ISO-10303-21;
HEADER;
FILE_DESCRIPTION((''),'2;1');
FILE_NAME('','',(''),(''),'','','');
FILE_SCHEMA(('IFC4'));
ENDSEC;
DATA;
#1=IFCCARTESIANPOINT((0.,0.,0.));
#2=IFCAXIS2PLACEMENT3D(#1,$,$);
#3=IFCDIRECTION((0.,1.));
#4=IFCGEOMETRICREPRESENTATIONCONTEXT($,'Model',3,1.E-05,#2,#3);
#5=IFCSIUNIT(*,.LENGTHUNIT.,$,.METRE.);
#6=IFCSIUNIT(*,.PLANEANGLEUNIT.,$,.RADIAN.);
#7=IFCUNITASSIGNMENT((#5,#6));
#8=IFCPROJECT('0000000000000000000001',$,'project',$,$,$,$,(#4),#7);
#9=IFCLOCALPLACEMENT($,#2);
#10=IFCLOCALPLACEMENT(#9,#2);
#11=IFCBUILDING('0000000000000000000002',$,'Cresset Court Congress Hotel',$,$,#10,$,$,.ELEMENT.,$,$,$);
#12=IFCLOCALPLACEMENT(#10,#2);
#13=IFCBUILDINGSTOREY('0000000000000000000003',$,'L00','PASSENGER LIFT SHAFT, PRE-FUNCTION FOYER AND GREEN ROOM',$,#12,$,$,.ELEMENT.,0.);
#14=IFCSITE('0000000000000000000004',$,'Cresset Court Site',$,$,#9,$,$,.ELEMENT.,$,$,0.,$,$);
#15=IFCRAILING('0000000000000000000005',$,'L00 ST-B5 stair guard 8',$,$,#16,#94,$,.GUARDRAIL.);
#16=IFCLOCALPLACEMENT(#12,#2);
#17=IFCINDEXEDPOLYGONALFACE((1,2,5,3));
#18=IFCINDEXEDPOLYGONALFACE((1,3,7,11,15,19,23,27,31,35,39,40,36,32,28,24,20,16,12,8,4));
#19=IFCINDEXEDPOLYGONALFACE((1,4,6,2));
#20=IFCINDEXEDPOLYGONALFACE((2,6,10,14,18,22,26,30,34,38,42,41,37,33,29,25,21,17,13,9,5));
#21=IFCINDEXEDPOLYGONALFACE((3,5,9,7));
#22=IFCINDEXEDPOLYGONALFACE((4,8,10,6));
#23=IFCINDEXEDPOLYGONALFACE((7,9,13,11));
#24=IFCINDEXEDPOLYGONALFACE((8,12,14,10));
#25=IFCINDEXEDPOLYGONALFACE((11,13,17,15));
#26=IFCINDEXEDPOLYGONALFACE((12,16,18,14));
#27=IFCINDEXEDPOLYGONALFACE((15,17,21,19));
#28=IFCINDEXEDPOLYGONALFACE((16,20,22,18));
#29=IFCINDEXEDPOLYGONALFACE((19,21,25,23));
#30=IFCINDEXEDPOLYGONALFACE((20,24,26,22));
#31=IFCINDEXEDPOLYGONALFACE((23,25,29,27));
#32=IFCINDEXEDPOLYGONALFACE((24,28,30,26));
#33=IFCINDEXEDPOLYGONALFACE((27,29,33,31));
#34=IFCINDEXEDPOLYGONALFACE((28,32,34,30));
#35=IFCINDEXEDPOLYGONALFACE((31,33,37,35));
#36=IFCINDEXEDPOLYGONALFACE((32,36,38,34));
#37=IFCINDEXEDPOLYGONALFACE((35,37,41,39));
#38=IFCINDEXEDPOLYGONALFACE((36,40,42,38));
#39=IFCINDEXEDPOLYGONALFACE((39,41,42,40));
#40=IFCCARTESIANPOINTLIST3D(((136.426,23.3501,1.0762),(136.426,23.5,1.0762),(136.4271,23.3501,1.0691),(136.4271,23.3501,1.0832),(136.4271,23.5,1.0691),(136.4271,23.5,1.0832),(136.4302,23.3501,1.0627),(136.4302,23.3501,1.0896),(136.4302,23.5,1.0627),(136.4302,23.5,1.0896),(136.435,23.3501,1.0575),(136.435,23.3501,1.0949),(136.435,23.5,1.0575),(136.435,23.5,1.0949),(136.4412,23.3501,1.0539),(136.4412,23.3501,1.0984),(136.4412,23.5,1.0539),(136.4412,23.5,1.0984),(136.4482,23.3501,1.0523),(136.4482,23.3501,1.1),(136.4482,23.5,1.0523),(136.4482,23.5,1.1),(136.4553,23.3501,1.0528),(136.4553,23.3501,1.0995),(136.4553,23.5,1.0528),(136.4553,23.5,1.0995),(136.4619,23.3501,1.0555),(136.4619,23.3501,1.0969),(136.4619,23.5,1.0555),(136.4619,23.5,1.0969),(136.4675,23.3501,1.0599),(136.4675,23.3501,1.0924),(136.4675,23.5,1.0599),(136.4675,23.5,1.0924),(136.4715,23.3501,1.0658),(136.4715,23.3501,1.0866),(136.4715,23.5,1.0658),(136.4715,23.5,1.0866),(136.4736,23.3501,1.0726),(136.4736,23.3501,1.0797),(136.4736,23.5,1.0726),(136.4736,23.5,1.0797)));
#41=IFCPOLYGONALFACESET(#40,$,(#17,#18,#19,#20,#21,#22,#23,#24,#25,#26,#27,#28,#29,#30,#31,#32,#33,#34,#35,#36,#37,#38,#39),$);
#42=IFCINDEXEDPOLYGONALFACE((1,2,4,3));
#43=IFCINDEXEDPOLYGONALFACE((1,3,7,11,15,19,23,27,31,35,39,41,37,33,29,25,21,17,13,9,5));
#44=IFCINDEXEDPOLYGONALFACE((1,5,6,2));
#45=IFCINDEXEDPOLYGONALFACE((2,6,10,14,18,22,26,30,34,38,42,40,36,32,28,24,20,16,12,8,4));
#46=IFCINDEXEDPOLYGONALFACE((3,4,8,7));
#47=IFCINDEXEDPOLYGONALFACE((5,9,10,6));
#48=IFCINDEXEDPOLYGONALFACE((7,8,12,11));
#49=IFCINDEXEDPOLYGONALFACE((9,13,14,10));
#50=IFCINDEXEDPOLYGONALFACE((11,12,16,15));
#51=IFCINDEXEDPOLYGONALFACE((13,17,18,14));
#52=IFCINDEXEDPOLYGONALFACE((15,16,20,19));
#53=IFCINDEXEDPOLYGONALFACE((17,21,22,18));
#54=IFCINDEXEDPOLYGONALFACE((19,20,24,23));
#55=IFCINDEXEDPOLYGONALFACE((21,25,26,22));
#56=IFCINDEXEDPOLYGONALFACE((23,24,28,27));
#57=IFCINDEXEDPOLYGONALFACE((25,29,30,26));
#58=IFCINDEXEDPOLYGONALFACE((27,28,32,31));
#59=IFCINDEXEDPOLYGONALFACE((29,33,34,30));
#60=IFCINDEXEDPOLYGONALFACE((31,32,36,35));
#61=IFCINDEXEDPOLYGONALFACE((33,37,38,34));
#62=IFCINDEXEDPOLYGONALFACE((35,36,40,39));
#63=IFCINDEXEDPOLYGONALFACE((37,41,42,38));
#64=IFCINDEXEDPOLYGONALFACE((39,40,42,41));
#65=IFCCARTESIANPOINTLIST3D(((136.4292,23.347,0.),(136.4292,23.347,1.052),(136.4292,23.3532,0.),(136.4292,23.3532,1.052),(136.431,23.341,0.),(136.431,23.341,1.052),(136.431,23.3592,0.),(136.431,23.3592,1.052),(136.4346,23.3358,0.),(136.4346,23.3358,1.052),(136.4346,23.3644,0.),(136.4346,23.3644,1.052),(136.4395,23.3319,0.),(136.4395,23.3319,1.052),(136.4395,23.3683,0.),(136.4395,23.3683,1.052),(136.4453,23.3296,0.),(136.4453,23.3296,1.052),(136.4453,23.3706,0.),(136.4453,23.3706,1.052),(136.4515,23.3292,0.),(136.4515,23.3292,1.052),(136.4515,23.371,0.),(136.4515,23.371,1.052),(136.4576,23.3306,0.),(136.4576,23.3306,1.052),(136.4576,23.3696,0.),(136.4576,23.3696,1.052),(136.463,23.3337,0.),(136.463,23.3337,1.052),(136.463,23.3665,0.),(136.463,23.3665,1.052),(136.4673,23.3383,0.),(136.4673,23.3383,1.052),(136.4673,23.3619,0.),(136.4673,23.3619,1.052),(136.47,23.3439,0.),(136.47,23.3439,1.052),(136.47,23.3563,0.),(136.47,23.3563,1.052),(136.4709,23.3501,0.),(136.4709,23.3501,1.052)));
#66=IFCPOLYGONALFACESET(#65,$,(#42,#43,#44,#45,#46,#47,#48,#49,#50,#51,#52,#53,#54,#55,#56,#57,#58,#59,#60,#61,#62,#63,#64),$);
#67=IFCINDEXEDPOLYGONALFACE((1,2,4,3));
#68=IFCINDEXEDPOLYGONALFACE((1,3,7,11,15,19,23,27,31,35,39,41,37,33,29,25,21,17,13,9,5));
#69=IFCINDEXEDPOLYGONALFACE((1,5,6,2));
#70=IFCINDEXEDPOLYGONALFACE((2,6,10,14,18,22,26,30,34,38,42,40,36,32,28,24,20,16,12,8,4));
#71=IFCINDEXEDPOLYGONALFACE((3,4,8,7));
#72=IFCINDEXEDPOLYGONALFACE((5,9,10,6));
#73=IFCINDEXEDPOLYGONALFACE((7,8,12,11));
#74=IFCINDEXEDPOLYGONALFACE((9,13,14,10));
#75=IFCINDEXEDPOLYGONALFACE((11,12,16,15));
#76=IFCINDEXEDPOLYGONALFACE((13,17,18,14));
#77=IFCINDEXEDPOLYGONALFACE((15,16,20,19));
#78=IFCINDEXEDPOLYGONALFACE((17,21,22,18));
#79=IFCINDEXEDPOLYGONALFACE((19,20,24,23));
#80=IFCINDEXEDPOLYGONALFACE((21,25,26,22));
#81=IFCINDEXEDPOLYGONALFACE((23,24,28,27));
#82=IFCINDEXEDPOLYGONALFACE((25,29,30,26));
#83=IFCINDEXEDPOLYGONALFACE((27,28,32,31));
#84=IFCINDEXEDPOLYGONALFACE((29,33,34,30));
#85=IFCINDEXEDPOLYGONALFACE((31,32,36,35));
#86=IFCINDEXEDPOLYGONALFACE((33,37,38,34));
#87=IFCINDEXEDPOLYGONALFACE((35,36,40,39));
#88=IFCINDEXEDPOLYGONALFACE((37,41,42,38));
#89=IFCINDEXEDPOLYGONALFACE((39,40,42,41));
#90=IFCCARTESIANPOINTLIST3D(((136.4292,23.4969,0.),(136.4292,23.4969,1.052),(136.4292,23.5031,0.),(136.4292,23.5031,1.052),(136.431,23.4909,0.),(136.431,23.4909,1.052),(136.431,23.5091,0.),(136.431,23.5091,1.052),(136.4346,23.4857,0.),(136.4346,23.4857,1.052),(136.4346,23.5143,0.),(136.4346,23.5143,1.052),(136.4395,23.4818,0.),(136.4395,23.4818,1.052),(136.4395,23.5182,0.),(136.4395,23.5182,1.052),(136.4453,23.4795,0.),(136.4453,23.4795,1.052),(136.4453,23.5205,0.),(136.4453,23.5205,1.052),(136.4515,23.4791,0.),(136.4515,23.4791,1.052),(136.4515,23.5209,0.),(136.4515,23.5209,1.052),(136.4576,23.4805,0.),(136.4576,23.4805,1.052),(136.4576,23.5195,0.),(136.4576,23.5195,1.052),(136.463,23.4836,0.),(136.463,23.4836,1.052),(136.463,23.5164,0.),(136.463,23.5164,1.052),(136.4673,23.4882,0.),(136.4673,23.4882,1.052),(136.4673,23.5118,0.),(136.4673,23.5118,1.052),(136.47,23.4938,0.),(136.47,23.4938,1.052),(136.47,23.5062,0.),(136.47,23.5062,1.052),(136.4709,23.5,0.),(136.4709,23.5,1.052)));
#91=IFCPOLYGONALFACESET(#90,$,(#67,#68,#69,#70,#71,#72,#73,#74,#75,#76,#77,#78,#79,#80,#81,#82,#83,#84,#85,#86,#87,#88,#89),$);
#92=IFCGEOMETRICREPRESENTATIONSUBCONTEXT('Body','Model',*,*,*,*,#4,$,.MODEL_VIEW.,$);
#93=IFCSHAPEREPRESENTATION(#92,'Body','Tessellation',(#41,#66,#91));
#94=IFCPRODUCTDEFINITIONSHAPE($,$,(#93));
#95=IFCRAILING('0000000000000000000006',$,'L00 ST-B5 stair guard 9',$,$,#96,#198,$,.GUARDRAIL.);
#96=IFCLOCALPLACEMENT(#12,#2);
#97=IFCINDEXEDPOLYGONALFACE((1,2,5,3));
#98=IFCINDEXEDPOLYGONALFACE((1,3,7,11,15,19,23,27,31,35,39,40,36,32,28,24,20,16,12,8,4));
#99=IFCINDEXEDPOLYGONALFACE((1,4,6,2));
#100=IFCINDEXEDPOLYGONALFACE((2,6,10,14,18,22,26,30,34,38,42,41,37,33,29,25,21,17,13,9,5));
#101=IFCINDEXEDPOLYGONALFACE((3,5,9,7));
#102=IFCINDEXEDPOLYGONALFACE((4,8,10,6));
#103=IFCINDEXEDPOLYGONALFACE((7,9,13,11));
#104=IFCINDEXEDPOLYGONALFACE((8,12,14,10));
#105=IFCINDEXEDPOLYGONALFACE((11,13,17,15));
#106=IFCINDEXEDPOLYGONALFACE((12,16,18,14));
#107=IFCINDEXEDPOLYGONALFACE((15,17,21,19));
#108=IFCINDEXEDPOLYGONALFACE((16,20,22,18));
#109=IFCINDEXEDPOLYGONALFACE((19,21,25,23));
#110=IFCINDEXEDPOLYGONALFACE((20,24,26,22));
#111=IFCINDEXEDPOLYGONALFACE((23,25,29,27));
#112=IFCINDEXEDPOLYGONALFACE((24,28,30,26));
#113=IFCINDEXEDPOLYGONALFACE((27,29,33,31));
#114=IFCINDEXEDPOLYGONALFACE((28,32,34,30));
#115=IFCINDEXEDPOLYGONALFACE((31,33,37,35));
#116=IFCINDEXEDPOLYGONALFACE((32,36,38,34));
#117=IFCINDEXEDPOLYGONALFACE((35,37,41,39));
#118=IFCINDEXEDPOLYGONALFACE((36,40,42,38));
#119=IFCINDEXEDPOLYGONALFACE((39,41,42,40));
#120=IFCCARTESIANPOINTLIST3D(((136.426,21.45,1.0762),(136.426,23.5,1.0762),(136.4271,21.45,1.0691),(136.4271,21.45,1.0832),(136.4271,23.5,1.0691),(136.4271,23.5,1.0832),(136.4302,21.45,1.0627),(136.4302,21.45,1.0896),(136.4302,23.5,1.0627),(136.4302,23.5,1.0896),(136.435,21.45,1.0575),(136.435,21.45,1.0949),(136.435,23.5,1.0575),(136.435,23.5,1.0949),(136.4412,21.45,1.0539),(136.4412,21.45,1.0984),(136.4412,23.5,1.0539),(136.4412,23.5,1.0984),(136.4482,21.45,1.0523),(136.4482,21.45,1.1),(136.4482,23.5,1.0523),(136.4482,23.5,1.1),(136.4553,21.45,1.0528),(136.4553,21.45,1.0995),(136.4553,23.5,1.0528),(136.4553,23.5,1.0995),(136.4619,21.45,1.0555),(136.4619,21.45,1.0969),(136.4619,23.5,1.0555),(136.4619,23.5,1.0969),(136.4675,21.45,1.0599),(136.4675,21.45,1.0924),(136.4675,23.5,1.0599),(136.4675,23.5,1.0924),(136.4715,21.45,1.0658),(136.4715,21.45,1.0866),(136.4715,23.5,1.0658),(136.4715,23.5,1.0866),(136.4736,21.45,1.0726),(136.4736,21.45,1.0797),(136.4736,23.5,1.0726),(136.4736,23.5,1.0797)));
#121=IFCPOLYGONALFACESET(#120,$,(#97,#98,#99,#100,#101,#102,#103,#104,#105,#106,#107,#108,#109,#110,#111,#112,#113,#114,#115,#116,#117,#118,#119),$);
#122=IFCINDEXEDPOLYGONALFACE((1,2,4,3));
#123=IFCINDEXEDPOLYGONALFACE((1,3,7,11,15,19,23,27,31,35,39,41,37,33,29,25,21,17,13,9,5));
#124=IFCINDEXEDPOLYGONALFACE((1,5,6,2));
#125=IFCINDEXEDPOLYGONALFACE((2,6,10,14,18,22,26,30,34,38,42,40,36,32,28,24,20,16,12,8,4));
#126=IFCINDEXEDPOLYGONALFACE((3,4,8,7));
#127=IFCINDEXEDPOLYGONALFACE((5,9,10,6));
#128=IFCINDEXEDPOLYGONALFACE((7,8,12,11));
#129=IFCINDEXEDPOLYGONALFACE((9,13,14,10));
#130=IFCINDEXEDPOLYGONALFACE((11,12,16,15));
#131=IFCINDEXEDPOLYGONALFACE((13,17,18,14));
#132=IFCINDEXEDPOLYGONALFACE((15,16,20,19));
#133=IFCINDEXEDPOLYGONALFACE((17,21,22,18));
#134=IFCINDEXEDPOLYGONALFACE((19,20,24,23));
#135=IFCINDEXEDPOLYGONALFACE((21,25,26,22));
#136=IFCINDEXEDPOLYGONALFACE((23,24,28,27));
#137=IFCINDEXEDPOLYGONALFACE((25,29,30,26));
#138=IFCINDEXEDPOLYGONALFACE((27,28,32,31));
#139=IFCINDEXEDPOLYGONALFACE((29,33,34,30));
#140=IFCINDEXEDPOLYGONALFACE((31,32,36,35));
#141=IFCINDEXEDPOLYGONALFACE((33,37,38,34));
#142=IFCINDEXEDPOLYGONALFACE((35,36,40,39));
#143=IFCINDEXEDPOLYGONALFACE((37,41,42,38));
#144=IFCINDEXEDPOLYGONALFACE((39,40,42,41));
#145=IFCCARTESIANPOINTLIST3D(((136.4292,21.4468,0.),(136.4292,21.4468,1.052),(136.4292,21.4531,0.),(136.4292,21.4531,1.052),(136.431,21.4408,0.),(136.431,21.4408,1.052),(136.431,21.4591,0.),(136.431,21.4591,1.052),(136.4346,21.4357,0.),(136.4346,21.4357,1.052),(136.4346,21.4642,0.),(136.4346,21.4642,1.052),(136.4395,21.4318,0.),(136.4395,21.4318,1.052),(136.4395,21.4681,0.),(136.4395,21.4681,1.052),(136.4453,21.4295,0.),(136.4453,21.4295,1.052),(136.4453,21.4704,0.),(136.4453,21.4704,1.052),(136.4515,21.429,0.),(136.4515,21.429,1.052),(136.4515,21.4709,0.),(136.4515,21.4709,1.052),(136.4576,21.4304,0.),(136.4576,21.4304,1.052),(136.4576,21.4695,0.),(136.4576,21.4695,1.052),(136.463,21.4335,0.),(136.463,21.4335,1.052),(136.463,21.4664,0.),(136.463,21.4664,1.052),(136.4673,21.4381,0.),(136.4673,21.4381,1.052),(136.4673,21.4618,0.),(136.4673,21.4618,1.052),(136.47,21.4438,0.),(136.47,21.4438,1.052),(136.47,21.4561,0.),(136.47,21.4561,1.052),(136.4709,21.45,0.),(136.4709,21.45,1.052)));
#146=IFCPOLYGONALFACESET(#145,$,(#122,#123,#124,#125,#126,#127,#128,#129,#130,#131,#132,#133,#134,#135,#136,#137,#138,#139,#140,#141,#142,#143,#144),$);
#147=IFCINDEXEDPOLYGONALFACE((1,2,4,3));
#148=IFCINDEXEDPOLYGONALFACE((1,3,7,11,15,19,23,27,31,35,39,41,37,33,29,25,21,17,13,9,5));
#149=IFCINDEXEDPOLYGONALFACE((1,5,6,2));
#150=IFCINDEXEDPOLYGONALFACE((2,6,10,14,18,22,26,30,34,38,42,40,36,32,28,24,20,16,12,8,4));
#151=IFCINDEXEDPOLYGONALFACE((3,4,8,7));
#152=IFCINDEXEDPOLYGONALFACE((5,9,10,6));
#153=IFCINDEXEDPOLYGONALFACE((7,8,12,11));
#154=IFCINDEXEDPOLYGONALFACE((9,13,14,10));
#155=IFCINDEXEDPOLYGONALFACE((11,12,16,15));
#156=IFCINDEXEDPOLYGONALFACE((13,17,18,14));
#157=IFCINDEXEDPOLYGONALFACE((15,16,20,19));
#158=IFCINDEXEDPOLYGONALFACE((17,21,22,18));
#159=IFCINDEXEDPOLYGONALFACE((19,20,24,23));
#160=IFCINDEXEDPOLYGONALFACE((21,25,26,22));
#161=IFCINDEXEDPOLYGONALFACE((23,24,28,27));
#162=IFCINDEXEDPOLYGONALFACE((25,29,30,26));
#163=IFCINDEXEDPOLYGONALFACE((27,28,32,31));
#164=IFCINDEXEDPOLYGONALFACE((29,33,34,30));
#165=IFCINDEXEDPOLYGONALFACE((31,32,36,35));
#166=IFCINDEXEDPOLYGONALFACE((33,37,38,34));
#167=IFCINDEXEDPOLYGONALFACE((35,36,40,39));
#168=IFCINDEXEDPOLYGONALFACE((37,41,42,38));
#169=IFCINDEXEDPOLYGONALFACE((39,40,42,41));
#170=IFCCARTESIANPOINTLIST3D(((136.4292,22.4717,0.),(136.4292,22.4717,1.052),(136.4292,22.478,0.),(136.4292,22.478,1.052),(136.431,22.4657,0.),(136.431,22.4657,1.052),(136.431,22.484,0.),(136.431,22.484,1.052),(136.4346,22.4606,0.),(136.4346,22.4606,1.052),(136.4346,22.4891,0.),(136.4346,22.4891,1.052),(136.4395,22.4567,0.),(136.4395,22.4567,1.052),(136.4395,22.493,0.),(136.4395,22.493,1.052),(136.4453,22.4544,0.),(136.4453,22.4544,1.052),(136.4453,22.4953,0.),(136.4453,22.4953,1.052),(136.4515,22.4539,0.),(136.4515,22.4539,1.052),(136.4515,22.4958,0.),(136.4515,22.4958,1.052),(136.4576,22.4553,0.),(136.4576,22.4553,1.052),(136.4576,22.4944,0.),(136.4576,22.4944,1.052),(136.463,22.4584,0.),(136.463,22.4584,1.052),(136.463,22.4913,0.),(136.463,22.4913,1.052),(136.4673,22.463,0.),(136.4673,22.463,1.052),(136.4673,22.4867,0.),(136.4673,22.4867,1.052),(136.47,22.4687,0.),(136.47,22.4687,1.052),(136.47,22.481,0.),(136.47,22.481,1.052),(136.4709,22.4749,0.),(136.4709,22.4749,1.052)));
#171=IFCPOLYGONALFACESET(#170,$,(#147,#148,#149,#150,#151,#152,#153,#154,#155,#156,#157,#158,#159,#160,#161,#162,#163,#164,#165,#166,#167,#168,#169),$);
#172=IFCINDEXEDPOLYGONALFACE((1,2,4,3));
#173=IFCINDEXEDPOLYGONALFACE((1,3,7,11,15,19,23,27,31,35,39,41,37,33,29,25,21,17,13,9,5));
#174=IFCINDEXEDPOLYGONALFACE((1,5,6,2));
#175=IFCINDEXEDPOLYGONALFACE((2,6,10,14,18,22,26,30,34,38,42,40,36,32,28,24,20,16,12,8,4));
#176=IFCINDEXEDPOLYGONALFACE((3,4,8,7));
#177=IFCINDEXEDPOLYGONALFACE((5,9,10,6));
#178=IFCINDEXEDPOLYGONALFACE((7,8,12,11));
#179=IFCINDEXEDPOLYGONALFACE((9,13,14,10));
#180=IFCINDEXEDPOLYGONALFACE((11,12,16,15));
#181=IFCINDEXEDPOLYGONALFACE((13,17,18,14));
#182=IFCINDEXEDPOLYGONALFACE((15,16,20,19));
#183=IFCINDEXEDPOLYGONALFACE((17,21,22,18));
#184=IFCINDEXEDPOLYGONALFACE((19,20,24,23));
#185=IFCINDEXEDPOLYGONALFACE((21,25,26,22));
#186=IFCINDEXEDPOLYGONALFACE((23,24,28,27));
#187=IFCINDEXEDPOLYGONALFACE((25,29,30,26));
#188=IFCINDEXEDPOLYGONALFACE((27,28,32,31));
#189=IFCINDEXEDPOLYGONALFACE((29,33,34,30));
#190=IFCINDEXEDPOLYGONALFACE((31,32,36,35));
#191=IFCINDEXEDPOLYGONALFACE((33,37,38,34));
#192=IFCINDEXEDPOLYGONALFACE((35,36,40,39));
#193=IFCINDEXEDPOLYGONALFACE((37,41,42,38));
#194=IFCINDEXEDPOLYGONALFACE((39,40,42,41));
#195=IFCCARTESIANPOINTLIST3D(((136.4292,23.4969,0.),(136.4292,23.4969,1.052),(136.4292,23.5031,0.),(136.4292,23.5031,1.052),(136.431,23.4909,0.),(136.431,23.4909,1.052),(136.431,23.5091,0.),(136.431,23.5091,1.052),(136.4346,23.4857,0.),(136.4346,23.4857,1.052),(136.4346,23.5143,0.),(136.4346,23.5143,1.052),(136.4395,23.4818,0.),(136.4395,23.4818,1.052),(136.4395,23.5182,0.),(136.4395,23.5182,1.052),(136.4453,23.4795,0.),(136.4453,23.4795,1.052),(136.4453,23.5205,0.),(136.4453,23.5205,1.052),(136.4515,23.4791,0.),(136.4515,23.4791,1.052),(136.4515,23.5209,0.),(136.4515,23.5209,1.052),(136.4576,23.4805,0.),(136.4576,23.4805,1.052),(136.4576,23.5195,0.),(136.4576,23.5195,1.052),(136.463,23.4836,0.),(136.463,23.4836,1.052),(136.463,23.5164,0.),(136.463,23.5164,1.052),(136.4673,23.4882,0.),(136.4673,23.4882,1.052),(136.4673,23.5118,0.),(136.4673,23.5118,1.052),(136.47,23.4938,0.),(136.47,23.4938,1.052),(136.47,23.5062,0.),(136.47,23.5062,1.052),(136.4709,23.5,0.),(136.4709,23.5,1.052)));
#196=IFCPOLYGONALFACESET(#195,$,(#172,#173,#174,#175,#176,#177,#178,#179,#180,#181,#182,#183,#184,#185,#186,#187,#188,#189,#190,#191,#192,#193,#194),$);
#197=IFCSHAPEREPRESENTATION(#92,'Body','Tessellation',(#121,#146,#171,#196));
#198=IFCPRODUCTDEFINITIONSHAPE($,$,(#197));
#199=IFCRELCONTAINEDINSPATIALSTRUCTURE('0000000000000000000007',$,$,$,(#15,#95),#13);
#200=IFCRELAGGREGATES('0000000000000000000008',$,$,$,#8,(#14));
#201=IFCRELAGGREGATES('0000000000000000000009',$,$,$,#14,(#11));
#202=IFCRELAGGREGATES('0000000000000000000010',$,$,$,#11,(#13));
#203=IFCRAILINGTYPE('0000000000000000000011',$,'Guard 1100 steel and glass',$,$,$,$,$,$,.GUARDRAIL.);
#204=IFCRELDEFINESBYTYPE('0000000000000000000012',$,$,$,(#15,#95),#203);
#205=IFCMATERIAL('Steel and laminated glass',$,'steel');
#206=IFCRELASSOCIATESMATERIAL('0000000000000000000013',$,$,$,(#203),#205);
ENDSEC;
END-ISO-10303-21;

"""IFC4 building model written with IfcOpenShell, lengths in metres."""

from ifc_helpers import new_model, si_unit, direction, frame, origin, origin_2d, place, context, subcontext, project, spatial, circle, extrude, material, type_object, element, save


model = new_model("IFC4")

# Units and contexts
model_context = context("Model", 3, precision=1e-05, world=origin(), true_north=direction((0.0, 1.0)))
body_context = subcontext(model_context, "Body", "Model", "MODEL_VIEW")
ifc_project = project(units=[si_unit("LENGTHUNIT", "METRE"), si_unit("PLANEANGLEUNIT", "RADIAN")], contexts=[model_context])

# Site, building, storey
site_placement = place(None, origin())
site = spatial("IfcSite", under=ifc_project, at=site_placement, Name="Cresset Court Site", CompositionType="ELEMENT", RefElevation=0.0)
building_placement = place(site_placement, origin())
building = spatial("IfcBuilding", under=site, at=building_placement, Name="Cresset Court Congress Hotel", CompositionType="ELEMENT")
storey_placement = place(building_placement, origin())
storey = spatial("IfcBuildingStorey", under=building, at=storey_placement, Name="L00", Description="PASSENGER LIFT SHAFT, PRE-FUNCTION FOYER AND GREEN ROOM", CompositionType="ELEMENT", Elevation=0.0)

# Railings
ifc_material_1 = material(Name="Steel and laminated glass", Category="steel")
railing_type_1 = type_object("IfcRailingType", Name="Guard 1100 steel and glass", PredefinedType="GUARDRAIL", material=ifc_material_1)
railing_1_placement = place(storey_placement, frame((136.45, 23.3501, 0.0)))
element("IfcRailing", 1, at=railing_1_placement, inside=storey, type_object=railing_type_1, Name="L00 ST-B5 stair guard 8", PredefinedType="GUARDRAIL", context=body_context, shape_type="SweptSolid", body=[
    extrude(circle(Radius=0.0239, at=origin_2d()), frame((0.0, 0.0, 1.0762), z_axis=(0.0, 1.0, 0.0), x_axis=(-1.0, 0.0, 0.0)), (0.0, 0.0, 1.0), 0.1499),
    extrude(circle(Radius=0.021, at=origin_2d()), origin(), (0.0, 0.0, 1.0), 1.052),
    extrude(circle(Radius=0.021, at=origin_2d()), frame((0.0, 0.1499, 0.0)), (0.0, 0.0, 1.0), 1.052),
])
railing_2_placement = place(storey_placement, frame((136.45, 21.45, 0.0)))
element("IfcRailing", 2, at=railing_2_placement, inside=storey, type_object=railing_type_1, Name="L00 ST-B5 stair guard 9", PredefinedType="GUARDRAIL", context=body_context, shape_type="SweptSolid", body=[
    extrude(circle(Radius=0.0239, at=origin_2d()), frame((0.0, 0.0, 1.0762), z_axis=(0.0, 1.0, 0.0), x_axis=(-1.0, 0.0, 0.0)), (0.0, 0.0, 1.0), 2.05),
    extrude(circle(Radius=0.021, at=origin_2d()), origin(), (0.0, 0.0, 1.0), 1.052),
    extrude(circle(Radius=0.021, at=origin_2d()), frame((0.0, 1.0249, 0.0)), (0.0, 0.0, 1.0), 1.052),
    extrude(circle(Radius=0.021, at=origin_2d()), frame((0.0, 2.05, 0.0)), (0.0, 0.0, 1.0), 1.052),
])

save(model, "model.ifc")
